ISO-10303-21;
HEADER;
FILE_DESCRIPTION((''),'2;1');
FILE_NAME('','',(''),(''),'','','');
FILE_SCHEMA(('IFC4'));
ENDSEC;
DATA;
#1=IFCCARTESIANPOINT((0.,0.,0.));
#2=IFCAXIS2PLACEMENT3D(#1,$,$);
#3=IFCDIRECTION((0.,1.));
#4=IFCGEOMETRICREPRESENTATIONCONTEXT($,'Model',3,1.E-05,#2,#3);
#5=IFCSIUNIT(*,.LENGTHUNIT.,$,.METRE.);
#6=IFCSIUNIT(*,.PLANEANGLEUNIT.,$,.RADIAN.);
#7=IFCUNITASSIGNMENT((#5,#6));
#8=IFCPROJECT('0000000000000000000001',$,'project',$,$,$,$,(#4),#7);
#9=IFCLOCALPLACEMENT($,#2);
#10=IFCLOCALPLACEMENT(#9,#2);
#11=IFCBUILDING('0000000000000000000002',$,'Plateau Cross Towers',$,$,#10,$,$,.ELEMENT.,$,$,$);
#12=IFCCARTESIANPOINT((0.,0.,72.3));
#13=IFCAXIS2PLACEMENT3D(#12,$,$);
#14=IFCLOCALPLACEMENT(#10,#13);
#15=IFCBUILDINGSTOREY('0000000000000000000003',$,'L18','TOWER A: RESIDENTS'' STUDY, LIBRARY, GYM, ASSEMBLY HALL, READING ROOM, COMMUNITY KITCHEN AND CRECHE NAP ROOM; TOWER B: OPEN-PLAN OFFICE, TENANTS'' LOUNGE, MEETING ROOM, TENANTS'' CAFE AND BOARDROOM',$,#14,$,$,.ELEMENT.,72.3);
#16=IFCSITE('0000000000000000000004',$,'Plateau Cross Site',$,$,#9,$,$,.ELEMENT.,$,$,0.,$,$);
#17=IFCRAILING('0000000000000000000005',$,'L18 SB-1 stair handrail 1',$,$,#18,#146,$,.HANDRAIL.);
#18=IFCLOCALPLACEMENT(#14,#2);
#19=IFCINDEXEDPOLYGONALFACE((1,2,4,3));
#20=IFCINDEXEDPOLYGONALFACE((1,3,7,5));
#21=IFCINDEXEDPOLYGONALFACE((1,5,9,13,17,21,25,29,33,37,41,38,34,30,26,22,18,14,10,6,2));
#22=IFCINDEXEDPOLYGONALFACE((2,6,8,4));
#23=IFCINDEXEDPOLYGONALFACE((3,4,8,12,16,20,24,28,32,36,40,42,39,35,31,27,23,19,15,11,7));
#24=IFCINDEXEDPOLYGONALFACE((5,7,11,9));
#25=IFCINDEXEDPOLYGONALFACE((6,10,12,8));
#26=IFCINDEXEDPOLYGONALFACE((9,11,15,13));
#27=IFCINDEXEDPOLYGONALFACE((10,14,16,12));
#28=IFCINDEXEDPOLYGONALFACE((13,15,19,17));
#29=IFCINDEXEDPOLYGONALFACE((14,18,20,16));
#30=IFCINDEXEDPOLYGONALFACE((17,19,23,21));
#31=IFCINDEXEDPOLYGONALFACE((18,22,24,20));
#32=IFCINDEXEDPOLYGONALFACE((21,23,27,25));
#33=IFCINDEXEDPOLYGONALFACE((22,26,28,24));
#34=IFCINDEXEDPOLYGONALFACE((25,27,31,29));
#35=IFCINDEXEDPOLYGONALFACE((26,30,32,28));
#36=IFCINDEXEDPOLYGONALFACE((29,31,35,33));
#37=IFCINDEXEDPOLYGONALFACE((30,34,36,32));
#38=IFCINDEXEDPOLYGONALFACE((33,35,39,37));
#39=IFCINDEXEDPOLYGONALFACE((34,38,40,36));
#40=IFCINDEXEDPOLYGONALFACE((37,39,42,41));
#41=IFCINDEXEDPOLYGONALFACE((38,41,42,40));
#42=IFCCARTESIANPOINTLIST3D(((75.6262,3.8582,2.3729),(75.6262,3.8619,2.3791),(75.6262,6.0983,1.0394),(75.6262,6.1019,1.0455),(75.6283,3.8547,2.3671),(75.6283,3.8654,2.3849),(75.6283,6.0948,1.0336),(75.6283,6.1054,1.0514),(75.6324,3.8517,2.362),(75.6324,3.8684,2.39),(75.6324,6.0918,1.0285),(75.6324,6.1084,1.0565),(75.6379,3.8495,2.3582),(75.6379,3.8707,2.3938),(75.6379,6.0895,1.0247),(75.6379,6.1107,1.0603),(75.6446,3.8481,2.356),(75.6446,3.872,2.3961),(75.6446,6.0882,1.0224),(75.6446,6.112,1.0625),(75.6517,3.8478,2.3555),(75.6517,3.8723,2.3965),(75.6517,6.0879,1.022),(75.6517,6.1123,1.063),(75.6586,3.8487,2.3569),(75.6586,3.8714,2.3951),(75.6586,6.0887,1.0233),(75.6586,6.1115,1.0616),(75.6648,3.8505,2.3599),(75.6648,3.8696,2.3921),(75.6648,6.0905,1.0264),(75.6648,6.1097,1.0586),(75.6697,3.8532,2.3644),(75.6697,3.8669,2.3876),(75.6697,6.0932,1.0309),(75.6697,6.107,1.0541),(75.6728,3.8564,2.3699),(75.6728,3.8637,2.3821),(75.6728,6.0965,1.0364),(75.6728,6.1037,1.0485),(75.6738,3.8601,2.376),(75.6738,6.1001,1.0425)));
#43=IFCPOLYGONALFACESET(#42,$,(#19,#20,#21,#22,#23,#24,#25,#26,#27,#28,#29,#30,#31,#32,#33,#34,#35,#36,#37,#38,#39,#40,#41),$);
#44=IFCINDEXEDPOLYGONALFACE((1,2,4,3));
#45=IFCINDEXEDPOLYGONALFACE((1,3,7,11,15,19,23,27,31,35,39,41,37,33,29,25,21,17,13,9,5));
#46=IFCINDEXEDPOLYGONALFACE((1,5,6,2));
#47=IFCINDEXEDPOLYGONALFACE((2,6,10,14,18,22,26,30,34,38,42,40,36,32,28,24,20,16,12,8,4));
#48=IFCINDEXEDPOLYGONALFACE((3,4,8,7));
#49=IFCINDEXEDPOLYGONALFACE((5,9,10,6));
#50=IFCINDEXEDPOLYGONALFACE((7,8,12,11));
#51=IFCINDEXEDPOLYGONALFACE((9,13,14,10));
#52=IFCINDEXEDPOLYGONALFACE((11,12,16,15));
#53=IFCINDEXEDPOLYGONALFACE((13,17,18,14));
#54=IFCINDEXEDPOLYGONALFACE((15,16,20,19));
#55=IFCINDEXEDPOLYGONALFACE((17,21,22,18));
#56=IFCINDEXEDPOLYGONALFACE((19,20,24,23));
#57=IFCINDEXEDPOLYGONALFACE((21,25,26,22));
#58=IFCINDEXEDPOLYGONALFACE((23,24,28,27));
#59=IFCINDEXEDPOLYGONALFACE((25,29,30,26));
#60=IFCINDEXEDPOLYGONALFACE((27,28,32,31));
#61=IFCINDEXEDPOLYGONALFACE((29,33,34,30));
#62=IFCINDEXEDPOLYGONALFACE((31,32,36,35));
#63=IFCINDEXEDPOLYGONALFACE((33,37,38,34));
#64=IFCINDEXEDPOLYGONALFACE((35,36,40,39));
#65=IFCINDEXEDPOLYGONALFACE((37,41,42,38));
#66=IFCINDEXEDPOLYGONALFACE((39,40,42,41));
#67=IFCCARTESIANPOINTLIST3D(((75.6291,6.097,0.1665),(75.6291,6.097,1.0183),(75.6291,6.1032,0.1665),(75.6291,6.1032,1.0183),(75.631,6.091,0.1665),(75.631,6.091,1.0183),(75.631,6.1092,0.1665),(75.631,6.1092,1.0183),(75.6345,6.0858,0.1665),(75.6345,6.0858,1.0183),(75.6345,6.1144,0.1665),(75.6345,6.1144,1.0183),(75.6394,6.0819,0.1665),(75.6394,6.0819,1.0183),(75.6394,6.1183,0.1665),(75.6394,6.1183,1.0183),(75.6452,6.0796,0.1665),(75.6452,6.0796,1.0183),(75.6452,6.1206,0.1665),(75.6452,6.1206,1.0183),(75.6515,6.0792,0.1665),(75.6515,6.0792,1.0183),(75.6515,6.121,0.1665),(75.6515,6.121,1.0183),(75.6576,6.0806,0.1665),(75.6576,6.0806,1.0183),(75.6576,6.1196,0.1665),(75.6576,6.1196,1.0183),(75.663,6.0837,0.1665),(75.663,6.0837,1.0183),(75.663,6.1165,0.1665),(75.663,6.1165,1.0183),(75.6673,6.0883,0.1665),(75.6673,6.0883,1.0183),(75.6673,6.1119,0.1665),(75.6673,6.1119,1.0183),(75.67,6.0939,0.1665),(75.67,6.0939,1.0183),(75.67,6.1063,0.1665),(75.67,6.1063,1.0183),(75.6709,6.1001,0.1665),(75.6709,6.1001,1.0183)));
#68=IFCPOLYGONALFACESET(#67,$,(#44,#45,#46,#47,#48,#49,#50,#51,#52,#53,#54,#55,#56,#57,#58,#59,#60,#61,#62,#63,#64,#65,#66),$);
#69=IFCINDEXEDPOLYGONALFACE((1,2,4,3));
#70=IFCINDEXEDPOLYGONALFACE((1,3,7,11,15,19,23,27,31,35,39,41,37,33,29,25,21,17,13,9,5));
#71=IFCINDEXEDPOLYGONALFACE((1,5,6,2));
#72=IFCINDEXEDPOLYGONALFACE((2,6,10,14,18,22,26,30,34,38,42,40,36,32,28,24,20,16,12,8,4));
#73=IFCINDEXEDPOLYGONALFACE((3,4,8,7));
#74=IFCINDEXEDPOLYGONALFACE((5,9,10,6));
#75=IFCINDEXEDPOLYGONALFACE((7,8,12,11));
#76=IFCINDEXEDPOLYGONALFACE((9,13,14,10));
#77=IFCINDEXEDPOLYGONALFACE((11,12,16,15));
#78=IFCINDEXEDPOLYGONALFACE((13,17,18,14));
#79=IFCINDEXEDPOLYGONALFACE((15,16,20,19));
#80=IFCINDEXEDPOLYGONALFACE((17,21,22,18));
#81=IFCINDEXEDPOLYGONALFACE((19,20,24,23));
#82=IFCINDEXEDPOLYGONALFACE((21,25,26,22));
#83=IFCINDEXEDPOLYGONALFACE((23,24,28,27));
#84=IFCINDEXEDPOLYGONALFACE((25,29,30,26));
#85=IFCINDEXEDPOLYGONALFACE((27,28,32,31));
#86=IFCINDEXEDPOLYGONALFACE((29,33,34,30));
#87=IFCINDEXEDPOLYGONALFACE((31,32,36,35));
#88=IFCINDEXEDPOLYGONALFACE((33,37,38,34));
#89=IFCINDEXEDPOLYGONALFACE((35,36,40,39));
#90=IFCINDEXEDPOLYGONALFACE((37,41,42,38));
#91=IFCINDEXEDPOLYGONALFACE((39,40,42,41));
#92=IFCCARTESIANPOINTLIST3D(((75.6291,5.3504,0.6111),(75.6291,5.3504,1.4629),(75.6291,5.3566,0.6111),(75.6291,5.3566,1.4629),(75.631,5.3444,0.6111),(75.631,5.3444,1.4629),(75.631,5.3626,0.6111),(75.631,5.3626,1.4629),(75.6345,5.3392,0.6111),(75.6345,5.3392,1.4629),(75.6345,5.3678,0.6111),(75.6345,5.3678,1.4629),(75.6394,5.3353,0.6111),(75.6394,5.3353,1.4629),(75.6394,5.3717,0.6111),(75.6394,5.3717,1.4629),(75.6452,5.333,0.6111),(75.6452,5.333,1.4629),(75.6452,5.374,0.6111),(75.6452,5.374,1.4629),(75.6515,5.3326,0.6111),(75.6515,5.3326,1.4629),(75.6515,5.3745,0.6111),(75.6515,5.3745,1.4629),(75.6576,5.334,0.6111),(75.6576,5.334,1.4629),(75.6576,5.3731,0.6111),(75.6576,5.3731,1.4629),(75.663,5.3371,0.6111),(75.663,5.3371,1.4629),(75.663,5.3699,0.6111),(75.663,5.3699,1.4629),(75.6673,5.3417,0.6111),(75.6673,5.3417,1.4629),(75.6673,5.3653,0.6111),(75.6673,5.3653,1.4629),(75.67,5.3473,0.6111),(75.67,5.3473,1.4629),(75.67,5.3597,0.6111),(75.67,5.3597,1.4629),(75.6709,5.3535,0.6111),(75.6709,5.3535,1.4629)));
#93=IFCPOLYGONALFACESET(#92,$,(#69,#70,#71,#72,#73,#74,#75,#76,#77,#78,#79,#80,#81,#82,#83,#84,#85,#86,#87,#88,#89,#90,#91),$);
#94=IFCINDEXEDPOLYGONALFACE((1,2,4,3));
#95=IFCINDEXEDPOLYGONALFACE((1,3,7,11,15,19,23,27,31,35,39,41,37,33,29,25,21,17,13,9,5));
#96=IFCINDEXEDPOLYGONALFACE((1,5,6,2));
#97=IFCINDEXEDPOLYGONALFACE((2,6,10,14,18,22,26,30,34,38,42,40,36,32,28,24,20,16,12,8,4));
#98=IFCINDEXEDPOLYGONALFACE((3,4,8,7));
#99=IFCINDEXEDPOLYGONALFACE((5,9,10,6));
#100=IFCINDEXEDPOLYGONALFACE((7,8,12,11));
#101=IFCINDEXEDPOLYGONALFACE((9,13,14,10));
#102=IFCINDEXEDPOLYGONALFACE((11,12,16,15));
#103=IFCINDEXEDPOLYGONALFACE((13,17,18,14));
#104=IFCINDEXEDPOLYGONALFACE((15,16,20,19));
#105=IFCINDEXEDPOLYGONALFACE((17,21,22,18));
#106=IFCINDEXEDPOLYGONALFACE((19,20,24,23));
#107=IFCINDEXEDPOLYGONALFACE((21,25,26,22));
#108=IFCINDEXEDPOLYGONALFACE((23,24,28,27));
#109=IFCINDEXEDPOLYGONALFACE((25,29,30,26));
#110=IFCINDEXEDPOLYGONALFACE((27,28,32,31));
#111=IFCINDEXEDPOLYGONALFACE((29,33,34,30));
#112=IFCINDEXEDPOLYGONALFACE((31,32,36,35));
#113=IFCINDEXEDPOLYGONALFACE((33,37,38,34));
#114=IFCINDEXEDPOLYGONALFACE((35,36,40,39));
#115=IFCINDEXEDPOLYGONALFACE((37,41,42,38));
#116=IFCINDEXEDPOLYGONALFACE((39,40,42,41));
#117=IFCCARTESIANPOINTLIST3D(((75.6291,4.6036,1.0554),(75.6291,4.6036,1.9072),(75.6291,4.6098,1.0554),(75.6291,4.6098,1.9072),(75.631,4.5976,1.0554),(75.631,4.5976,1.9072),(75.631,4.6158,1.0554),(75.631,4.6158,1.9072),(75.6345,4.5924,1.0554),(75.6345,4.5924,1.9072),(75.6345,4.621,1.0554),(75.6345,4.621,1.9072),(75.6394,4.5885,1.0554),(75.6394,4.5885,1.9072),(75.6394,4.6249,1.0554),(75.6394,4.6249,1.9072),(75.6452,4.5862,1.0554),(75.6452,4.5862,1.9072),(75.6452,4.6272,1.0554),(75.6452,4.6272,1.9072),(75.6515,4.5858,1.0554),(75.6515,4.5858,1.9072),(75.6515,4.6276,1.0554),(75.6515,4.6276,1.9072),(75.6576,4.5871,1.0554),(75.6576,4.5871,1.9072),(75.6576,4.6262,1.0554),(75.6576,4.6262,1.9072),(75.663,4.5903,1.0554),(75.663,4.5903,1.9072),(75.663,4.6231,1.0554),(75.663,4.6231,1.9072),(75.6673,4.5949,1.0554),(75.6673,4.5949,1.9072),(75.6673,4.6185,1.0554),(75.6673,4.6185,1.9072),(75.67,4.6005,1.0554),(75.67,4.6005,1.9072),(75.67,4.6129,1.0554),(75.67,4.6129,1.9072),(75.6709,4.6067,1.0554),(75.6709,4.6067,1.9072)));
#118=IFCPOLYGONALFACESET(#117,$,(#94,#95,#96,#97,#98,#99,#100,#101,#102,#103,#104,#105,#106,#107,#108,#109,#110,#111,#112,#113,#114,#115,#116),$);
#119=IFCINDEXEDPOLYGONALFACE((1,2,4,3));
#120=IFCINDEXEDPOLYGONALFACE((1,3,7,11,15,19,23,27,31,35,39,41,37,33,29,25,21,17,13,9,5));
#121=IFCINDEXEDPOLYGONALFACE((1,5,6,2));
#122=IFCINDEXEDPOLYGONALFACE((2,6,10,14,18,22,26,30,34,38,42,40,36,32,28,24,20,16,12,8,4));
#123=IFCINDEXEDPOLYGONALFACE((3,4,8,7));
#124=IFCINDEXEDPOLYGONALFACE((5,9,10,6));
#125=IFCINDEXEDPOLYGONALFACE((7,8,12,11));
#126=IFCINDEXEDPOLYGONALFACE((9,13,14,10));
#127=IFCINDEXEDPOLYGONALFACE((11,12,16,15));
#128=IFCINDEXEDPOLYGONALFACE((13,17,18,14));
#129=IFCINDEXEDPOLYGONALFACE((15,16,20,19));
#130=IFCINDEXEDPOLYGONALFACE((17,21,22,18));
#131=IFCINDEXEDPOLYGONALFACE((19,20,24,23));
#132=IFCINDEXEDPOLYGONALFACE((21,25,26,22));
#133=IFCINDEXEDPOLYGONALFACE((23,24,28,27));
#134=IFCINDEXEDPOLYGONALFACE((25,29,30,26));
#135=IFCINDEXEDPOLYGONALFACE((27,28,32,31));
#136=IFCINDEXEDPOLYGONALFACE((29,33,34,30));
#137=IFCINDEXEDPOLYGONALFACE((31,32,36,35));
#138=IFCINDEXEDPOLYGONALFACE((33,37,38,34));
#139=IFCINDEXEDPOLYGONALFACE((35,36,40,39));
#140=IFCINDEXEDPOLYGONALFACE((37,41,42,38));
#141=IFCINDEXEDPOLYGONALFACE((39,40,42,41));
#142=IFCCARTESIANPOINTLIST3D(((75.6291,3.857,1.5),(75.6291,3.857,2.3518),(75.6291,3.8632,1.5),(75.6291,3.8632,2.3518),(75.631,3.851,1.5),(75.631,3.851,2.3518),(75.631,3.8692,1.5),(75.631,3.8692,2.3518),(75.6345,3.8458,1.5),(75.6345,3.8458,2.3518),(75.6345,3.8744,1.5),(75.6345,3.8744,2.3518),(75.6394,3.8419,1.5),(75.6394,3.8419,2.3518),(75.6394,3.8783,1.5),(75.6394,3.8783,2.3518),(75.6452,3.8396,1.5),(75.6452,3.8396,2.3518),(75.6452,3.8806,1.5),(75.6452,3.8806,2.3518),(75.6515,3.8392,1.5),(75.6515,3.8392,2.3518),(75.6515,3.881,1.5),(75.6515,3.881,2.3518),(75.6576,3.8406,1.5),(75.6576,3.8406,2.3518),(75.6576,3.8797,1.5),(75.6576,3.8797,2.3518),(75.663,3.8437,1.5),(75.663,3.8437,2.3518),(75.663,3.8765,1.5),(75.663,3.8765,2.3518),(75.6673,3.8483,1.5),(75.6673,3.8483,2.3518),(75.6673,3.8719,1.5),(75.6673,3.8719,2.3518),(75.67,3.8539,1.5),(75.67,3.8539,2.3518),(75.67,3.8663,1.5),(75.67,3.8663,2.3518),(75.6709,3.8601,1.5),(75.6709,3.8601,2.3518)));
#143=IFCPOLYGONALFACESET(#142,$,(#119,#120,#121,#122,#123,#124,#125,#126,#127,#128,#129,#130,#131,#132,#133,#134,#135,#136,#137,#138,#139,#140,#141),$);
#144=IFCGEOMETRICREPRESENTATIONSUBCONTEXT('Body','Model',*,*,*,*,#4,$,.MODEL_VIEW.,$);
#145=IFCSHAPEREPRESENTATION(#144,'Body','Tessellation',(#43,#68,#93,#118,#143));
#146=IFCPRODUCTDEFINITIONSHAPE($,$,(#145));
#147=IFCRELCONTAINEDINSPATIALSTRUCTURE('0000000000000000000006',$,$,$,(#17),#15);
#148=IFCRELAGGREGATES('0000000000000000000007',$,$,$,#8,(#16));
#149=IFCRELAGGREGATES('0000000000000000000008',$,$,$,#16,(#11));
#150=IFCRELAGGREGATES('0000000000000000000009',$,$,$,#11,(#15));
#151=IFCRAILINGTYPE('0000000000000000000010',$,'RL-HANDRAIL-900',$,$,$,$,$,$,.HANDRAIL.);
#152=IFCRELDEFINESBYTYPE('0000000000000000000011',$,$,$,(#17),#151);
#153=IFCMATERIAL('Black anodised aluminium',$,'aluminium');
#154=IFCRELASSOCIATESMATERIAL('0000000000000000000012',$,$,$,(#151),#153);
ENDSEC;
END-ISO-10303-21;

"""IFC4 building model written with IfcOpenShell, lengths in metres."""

from ifc_helpers import new_model, si_unit, direction, frame, origin, origin_2d, place, context, subcontext, project, spatial, circle, extrude, material, type_object, element, save


model = new_model("IFC4")

# Units and contexts
model_context = context("Model", 3, precision=1e-05, world=origin(), true_north=direction((0.0, 1.0)))
body_context = subcontext(model_context, "Body", "Model", "MODEL_VIEW")
ifc_project = project(units=[si_unit("LENGTHUNIT", "METRE"), si_unit("PLANEANGLEUNIT", "RADIAN")], contexts=[model_context])

# Site, building, storey
site_placement = place(None, origin())
site = spatial("IfcSite", under=ifc_project, at=site_placement, Name="Plateau Cross Site", CompositionType="ELEMENT", RefElevation=0.0)
building_placement = place(site_placement, origin())
building = spatial("IfcBuilding", under=site, at=building_placement, Name="Plateau Cross Towers", CompositionType="ELEMENT")
storey_placement = place(building_placement, frame((0.0, 0.0, 72.3)))
storey = spatial("IfcBuildingStorey", under=building, at=storey_placement, Name="L18", Description="TOWER A: RESIDENTS' STUDY, LIBRARY, GYM, ASSEMBLY HALL, READING ROOM, COMMUNITY KITCHEN AND CRECHE NAP ROOM; TOWER B: OPEN-PLAN OFFICE, TENANTS' LOUNGE, MEETING ROOM, TENANTS' CAFE AND BOARDROOM", CompositionType="ELEMENT", Elevation=72.3)

# Shared definitions
ifc_material_1 = material(Name="Black anodised aluminium", Category="aluminium")

# Railing
railing_type_1 = type_object("IfcRailingType", Name="RL-HANDRAIL-900", PredefinedType="HANDRAIL", material=ifc_material_1)
railing_1_placement = place(storey_placement, frame((75.6499, 6.1001, 0.1665)))
element("IfcRailing", 1, at=railing_1_placement, inside=storey, type_object=railing_type_1, Name="L18 SB-1 stair handrail 1", PredefinedType="HANDRAIL", context=body_context, shape_type="SweptSolid", body=[
    extrude(circle(Radius=0.0239, at=origin_2d()), frame((0.0, 0.0, 0.876), z_axis=(0.0, -0.859264, 0.511532), x_axis=(1.0, 0.0, 0.0)), (0.0, 0.0, 1.0), 2.6069),
    extrude(circle(Radius=0.021, at=origin_2d()), origin(), (0.0, 0.0, 1.0), 0.8518),
    extrude(circle(Radius=0.021, at=origin_2d()), frame((0.0, -0.7466, 0.4446)), (0.0, 0.0, 1.0), 0.8518),
    extrude(circle(Radius=0.021, at=origin_2d()), frame((0.0, -1.4934, 0.8889)), (0.0, 0.0, 1.0), 0.8518),
    extrude(circle(Radius=0.021, at=origin_2d()), frame((0.0, -2.24, 1.3335)), (0.0, 0.0, 1.0), 0.8518),
])

save(model, "model.ifc")
